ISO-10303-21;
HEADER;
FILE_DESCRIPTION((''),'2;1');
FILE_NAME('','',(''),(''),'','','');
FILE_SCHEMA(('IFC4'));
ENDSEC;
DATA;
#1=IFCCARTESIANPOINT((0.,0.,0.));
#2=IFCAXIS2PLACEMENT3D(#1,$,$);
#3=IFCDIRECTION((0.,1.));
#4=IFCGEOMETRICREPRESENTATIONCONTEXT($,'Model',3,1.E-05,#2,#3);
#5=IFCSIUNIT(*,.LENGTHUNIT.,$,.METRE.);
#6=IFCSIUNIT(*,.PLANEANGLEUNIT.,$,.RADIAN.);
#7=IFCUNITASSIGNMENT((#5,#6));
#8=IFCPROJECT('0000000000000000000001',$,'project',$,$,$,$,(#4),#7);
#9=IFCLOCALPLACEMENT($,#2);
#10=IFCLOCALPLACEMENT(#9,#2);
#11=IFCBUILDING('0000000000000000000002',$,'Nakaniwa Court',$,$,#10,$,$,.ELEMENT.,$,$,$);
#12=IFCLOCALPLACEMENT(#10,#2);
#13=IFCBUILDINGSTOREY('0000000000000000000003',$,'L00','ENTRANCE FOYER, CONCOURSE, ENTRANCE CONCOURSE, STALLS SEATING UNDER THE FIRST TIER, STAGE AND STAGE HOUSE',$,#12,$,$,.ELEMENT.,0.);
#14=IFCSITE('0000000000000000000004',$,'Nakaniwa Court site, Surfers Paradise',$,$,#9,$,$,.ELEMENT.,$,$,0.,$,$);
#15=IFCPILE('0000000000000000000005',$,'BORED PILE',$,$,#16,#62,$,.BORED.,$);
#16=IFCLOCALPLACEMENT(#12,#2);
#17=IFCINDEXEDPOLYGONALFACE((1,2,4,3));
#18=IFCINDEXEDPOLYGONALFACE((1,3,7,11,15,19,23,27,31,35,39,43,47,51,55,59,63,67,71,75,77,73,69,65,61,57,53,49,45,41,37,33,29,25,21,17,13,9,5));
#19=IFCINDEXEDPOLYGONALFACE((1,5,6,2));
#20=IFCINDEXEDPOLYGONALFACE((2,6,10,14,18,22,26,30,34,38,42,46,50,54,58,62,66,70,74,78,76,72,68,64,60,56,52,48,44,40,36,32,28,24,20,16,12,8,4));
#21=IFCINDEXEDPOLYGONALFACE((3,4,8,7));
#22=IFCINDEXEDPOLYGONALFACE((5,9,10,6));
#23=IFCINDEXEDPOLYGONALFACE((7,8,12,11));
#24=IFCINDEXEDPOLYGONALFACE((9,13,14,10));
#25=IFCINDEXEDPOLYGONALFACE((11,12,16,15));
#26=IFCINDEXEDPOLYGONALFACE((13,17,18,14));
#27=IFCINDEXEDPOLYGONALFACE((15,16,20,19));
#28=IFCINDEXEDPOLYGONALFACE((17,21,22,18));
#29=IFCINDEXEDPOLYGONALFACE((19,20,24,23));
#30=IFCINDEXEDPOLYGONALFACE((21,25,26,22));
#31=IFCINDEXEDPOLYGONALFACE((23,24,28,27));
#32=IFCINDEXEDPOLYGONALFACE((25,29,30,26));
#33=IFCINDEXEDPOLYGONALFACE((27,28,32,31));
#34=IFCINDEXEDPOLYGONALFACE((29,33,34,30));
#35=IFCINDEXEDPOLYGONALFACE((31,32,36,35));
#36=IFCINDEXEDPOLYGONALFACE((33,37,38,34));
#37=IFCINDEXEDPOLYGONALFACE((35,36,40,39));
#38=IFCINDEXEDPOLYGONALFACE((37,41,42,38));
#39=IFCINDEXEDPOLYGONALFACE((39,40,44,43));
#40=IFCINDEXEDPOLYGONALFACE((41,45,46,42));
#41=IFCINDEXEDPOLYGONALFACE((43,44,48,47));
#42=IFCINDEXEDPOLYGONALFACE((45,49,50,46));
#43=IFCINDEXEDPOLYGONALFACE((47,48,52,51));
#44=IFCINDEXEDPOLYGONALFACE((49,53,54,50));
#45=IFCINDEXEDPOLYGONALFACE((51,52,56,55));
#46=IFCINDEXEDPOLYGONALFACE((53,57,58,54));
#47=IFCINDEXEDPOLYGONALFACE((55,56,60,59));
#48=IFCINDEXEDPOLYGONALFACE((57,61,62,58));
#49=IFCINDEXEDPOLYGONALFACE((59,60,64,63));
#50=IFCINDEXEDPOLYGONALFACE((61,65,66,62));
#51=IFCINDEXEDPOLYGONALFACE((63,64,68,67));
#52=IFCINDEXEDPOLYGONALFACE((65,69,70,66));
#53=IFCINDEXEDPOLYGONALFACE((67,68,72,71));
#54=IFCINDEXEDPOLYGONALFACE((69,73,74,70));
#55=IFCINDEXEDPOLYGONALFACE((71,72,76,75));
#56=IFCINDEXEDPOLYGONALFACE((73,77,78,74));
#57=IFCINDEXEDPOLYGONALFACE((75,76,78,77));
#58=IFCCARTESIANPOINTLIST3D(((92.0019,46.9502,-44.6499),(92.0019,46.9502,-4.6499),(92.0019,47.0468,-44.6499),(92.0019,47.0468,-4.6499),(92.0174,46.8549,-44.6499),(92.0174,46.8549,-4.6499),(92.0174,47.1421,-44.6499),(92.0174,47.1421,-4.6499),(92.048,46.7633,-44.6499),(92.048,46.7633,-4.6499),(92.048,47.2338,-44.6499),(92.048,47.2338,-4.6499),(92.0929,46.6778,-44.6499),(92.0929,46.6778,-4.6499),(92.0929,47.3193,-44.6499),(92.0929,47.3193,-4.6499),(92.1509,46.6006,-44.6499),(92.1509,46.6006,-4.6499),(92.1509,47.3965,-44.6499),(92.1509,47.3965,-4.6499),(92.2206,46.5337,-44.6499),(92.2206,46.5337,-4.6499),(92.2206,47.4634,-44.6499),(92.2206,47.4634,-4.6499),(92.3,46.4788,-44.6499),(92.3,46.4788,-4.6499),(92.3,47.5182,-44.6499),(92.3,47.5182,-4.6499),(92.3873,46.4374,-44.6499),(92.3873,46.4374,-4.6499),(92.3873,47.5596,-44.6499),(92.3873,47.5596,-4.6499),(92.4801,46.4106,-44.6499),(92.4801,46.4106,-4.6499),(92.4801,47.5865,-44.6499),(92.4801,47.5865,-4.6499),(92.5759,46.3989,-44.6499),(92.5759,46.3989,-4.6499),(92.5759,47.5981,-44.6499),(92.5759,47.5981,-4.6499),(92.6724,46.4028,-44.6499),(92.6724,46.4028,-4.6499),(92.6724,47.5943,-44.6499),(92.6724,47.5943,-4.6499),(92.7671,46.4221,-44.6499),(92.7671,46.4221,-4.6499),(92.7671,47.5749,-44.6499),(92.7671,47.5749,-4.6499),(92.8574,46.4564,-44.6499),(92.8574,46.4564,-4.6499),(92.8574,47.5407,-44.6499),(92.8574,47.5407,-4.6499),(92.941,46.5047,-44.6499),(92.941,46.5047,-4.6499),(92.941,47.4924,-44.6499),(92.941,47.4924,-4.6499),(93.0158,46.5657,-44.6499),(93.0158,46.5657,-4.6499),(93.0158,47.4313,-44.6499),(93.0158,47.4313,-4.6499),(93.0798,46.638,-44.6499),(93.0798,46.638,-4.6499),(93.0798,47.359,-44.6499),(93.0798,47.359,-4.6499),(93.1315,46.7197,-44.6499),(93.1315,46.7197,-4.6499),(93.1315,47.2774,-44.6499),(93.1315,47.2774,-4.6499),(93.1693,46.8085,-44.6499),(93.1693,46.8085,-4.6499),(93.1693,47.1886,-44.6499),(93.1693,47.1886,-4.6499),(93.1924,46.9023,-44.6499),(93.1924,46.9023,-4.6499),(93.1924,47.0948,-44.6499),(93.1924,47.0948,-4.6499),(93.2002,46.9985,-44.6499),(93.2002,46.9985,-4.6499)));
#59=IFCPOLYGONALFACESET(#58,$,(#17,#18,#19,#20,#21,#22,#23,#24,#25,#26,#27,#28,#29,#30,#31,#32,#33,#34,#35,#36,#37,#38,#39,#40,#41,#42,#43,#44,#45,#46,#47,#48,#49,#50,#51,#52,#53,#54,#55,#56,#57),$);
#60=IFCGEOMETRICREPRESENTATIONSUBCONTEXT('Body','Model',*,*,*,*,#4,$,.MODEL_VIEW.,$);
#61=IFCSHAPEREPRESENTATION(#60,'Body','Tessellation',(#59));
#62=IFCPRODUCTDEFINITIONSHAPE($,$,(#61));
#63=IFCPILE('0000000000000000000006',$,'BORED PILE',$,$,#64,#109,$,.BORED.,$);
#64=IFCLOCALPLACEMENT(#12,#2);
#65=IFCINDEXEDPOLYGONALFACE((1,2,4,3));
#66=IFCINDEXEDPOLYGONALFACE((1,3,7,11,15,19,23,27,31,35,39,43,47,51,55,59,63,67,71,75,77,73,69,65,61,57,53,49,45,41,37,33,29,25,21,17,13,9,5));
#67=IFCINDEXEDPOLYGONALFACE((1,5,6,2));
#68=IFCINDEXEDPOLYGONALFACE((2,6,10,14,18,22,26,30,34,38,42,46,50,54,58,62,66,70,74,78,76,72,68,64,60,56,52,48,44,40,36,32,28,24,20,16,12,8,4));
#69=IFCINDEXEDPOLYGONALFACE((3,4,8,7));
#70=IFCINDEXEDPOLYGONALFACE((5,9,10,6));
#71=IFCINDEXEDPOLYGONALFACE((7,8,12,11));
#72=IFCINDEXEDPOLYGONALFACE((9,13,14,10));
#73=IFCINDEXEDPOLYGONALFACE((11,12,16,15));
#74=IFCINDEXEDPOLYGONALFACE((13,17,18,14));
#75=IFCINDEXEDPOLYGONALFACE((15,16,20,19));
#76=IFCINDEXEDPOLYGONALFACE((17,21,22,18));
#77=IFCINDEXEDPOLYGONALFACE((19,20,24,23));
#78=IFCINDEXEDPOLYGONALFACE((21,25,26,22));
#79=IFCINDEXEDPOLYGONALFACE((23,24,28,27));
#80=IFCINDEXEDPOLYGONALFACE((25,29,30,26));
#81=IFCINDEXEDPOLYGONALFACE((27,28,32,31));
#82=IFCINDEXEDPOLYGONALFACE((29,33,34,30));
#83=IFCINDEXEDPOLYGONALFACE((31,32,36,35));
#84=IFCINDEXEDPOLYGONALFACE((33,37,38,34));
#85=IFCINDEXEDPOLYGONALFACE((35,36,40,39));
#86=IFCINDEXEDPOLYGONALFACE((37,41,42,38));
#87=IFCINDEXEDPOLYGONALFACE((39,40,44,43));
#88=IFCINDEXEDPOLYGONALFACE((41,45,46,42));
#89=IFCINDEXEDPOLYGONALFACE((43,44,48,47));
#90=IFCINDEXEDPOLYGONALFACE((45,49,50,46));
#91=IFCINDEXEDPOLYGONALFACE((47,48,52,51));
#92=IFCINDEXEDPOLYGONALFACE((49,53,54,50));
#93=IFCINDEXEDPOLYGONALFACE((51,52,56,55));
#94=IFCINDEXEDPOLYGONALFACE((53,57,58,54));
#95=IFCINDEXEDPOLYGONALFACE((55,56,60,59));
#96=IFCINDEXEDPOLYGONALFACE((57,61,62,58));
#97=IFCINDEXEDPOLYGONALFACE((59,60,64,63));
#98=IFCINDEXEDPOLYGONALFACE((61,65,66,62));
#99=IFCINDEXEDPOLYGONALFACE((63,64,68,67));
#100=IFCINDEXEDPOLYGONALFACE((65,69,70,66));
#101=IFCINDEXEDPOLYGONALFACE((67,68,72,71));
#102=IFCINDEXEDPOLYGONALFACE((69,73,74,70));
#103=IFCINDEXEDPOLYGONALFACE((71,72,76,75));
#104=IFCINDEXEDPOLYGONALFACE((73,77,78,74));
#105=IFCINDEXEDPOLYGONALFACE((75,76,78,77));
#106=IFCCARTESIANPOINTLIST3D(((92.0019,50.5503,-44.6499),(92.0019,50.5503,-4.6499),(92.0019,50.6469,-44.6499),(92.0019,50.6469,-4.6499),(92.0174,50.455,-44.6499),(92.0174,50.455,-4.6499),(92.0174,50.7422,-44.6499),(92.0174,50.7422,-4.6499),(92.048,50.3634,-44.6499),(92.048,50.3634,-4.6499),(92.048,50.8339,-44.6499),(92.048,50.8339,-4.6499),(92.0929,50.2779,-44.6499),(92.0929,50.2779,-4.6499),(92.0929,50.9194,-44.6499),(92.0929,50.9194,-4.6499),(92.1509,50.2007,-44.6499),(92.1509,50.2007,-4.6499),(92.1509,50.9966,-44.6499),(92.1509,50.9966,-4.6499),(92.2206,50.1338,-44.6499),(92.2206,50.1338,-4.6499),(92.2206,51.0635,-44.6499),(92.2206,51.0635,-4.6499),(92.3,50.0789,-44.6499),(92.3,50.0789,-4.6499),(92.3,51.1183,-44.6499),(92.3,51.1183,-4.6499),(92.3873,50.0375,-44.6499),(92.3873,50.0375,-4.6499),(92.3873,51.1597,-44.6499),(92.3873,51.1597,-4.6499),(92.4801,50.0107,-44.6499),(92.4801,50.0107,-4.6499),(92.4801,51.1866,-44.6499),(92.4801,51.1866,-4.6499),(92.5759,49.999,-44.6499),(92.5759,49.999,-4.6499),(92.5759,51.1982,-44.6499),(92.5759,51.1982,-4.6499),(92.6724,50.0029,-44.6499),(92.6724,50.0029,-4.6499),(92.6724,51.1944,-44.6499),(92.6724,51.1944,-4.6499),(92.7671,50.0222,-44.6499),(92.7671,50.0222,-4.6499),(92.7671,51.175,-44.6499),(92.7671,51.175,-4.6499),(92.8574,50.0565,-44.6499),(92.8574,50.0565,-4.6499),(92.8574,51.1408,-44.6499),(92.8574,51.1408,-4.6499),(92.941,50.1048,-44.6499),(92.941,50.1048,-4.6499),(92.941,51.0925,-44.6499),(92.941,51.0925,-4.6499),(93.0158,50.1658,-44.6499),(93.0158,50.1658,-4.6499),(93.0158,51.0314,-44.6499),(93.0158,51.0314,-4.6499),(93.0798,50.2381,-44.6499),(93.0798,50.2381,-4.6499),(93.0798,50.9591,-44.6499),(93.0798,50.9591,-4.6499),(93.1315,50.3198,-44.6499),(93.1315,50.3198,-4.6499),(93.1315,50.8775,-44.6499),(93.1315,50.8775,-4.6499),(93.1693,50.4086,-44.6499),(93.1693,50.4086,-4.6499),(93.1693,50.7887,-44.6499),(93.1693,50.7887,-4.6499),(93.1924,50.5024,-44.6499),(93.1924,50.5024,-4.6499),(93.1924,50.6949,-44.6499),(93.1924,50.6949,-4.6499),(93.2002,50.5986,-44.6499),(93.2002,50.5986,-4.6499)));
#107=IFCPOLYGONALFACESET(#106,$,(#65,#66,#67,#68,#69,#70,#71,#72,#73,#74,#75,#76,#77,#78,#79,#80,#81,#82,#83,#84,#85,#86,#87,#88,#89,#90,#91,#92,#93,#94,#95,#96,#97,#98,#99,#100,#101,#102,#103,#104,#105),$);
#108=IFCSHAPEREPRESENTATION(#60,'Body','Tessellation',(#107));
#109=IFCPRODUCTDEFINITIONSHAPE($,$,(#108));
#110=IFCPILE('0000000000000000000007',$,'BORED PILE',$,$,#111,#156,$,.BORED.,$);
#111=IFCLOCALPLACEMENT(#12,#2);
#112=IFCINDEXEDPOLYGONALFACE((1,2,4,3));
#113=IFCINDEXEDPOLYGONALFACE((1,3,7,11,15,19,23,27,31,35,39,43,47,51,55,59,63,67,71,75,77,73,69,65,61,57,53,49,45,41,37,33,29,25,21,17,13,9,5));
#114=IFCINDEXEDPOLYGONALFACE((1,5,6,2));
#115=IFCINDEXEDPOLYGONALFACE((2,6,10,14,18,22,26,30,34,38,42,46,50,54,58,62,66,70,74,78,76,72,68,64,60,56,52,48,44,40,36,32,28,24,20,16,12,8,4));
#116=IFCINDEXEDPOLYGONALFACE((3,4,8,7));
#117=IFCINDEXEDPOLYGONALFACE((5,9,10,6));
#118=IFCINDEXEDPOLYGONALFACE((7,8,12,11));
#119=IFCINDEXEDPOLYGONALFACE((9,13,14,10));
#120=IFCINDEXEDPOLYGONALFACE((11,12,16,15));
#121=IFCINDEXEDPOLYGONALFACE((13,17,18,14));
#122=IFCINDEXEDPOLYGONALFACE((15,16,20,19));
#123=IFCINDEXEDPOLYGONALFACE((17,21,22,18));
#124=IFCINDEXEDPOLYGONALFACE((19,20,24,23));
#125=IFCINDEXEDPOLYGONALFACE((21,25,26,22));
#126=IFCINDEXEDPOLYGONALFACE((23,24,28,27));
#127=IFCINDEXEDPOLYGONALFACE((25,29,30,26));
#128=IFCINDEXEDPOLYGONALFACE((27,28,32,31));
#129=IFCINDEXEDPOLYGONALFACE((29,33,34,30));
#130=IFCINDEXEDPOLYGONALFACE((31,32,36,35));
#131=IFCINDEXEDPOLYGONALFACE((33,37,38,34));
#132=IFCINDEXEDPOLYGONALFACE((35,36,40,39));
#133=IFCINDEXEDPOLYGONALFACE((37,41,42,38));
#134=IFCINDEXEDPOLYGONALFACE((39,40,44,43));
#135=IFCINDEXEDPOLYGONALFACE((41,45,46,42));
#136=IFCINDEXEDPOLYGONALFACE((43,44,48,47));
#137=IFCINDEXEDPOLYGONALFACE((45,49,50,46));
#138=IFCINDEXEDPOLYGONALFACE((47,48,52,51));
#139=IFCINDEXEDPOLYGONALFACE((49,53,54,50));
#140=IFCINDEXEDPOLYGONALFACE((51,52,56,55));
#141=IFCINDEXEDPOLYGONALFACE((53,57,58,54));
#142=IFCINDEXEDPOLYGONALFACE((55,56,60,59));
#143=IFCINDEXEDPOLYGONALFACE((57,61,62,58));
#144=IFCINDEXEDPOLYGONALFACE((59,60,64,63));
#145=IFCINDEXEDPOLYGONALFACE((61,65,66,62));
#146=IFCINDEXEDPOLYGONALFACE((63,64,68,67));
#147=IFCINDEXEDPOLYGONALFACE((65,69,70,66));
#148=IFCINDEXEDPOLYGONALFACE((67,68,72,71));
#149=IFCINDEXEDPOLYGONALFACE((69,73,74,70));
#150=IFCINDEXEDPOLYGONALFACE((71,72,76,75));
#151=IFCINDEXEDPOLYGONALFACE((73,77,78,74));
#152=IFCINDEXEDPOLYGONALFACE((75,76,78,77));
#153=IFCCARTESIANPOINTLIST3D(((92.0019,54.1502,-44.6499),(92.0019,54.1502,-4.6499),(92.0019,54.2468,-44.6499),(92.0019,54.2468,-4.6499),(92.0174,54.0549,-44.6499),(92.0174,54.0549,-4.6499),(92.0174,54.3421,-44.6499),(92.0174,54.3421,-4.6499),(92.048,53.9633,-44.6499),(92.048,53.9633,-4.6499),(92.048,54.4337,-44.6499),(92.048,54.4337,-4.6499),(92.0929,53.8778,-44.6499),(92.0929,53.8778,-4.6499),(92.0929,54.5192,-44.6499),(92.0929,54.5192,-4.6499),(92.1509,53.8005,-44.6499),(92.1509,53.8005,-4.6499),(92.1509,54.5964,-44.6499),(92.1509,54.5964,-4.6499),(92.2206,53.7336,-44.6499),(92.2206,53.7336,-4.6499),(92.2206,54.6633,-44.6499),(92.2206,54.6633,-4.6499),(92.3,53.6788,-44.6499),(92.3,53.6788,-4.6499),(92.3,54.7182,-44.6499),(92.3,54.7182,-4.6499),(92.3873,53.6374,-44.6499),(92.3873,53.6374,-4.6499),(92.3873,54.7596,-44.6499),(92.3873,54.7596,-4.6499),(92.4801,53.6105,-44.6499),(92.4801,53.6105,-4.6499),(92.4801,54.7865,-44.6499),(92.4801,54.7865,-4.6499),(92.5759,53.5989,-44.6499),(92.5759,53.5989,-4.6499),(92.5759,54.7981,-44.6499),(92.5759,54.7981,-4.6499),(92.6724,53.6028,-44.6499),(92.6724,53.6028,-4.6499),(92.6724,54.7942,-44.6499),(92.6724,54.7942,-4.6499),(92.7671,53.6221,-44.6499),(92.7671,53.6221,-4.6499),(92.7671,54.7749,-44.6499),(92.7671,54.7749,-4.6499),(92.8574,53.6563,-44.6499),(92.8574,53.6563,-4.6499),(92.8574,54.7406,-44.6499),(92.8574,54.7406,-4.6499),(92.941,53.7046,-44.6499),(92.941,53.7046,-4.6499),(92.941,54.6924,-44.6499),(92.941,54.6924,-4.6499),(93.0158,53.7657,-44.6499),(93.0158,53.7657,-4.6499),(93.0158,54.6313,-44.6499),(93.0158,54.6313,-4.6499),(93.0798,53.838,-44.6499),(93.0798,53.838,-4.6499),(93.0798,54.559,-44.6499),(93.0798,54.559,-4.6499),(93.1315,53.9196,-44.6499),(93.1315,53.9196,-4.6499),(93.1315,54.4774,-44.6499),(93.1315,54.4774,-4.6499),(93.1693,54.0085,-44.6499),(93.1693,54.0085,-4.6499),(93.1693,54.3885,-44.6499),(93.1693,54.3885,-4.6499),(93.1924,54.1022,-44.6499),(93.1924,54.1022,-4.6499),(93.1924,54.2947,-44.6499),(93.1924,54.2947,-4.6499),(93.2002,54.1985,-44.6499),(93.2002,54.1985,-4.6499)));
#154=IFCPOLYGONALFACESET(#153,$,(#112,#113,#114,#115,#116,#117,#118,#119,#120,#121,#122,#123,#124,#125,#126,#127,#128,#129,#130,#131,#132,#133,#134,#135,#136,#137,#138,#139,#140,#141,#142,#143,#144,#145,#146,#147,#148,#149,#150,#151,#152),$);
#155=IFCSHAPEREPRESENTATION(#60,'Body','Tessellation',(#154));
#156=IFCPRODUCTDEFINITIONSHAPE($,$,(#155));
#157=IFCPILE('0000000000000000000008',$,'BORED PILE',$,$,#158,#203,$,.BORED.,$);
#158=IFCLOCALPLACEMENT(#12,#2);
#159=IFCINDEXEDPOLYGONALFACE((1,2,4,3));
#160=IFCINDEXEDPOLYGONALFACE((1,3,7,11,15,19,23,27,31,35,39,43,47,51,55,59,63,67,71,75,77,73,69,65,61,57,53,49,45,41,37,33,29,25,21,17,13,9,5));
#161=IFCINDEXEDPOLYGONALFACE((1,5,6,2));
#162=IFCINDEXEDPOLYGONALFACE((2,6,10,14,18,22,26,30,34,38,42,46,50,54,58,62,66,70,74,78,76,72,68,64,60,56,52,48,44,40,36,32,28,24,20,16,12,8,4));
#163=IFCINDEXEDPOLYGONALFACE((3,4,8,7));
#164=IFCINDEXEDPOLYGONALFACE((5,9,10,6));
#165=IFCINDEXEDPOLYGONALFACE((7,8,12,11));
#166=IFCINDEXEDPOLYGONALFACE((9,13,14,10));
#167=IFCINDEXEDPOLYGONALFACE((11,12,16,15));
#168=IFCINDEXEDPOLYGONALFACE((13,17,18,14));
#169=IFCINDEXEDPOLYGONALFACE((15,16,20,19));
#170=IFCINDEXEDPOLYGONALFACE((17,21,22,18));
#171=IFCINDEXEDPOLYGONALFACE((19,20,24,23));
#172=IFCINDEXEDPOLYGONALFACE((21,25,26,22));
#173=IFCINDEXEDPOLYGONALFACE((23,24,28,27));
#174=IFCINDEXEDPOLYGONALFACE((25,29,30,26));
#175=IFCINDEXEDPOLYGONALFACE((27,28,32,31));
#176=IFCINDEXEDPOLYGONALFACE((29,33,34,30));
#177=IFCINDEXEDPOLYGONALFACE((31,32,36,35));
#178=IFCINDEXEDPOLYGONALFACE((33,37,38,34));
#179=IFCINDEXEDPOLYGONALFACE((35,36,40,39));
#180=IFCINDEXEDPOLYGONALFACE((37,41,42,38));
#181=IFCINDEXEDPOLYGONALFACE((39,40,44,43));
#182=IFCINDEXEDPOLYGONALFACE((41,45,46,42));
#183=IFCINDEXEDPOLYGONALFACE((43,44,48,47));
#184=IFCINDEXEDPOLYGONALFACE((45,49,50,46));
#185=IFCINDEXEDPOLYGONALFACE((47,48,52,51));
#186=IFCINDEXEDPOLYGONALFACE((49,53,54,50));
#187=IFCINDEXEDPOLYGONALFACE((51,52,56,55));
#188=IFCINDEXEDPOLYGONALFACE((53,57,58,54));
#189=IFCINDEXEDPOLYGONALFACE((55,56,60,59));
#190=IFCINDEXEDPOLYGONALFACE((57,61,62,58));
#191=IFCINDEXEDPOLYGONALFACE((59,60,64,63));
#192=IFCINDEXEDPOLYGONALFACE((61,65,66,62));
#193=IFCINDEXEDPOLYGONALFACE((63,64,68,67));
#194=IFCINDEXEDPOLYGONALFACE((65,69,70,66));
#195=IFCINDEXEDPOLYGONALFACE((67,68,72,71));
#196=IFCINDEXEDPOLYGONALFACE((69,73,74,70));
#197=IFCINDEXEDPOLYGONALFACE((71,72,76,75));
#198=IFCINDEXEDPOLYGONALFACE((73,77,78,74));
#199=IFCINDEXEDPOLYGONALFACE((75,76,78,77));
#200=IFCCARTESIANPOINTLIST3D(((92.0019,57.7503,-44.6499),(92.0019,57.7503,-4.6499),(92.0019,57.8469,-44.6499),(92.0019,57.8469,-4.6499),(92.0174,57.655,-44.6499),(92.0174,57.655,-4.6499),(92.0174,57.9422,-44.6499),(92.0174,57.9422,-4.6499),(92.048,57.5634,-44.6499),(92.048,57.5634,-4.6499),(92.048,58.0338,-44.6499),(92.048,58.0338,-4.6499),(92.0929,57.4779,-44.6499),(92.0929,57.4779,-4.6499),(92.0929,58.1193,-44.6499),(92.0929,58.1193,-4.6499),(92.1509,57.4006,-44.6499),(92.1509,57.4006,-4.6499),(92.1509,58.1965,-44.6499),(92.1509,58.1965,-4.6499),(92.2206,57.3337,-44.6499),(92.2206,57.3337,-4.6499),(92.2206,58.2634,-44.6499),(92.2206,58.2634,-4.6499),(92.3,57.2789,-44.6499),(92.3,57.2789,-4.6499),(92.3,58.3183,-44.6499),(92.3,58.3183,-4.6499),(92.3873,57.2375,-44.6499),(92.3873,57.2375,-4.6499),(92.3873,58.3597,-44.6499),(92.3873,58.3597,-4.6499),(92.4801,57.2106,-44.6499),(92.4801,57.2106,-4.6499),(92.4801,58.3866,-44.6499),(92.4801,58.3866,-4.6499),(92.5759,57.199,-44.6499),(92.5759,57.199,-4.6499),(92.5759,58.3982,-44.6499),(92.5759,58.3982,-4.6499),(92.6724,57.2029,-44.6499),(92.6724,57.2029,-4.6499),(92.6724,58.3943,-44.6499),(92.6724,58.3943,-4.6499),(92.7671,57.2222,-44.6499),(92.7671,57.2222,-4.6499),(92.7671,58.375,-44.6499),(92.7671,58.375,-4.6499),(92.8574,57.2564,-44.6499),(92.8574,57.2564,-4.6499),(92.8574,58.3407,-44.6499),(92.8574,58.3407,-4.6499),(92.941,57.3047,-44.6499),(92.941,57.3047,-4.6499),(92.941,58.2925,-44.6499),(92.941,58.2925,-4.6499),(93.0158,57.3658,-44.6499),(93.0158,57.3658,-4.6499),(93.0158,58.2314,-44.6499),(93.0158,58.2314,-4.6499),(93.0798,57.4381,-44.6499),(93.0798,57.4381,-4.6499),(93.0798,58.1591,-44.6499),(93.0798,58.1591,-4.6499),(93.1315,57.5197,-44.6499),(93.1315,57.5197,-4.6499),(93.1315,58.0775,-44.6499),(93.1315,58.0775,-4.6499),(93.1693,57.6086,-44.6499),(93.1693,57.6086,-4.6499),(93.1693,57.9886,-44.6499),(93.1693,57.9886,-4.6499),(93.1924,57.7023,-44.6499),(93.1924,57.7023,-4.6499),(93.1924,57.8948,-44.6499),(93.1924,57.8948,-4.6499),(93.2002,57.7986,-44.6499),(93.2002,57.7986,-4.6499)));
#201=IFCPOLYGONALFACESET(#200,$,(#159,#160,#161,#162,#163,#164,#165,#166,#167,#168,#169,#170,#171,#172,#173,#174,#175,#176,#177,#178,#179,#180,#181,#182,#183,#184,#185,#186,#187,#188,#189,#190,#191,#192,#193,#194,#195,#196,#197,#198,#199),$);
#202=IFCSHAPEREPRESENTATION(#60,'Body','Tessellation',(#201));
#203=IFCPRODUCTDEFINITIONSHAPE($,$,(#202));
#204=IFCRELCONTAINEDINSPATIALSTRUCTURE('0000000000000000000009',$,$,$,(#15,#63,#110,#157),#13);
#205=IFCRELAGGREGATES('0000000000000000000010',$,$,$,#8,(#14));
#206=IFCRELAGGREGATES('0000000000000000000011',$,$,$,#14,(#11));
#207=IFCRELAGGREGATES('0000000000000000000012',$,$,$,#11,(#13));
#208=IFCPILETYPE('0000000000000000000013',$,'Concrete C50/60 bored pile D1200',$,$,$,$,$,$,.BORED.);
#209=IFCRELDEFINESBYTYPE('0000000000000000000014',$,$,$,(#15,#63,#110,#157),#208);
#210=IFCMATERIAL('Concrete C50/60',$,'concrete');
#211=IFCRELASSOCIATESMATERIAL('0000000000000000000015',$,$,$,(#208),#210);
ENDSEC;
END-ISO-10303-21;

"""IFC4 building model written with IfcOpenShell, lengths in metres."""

from ifc_helpers import new_model, si_unit, direction, frame, origin, origin_2d, place, context, subcontext, project, spatial, circle, extrude, material, material_profile, profile_set, type_object, element, save


model = new_model("IFC4")

# Units and contexts
model_context = context("Model", 3, precision=1e-05, world=origin(), true_north=direction((0.0, 1.0)))
body_context = subcontext(model_context, "Body", "Model", "MODEL_VIEW")
ifc_project = project(units=[si_unit("LENGTHUNIT", "METRE"), si_unit("PLANEANGLEUNIT", "RADIAN")], contexts=[model_context])

# Site, building, storey
site_placement = place(None, origin())
site = spatial("IfcSite", under=ifc_project, at=site_placement, Name="Nakaniwa Court site, Surfers Paradise", CompositionType="ELEMENT", RefElevation=0.0)
building_placement = place(site_placement, origin())
building = spatial("IfcBuilding", under=site, at=building_placement, Name="Nakaniwa Court", CompositionType="ELEMENT")
storey_placement = place(building_placement, origin())
storey = spatial("IfcBuildingStorey", under=building, at=storey_placement, Name="L00", Description="ENTRANCE FOYER, CONCOURSE, ENTRANCE CONCOURSE, STALLS SEATING UNDER THE FIRST TIER, STAGE AND STAGE HOUSE", CompositionType="ELEMENT", Elevation=0.0)

# Piles
ifc_material_1 = material(Name="Concrete C50/60", Category="concrete")
ifc_material_profile_1 = material_profile(ifc_material_1, circle(Radius=0.6001, at=origin_2d()), Name="Concrete C50/60 bored pile D1200")
ifc_profile_set_1 = profile_set([ifc_material_profile_1], Name="Concrete C50/60")
pile_type = type_object("IfcPileType", Name="Concrete C50/60 bored pile D1200", PredefinedType="BORED", material=ifc_profile_set_1)
for number, where, z_axis, x_axis, name in (
    (1, (92.6001, 46.9985, -4.6499), (0.0, 0.0, -1.0), (1.0, 0.0, 0.0), "BORED PILE"),
    (2, (92.6001, 50.5986, -4.6499), (0.0, 0.0, -1.0), (1.0, 0.0, 0.0), "BORED PILE"),
    (3, (92.6001, 54.1985, -4.6499), (0.0, 0.0, -1.0), (1.0, 0.0, 0.0), "BORED PILE"),
    (4, (92.6001, 57.7986, -4.6499), (0.0, 0.0, -1.0), (1.0, 0.0, 0.0), "BORED PILE"),
):
    element("IfcPile", number, at=place(storey_placement, frame(where, z_axis=z_axis, x_axis=x_axis)), inside=storey, type_object=pile_type, Name=name, PredefinedType="BORED", context=body_context, shape_type="SweptSolid", body=[
        extrude(circle(Radius=0.6001, at=origin_2d()), origin(), (0.0, 0.0, 1.0), 40.0),
    ])

save(model, "model.ifc")
